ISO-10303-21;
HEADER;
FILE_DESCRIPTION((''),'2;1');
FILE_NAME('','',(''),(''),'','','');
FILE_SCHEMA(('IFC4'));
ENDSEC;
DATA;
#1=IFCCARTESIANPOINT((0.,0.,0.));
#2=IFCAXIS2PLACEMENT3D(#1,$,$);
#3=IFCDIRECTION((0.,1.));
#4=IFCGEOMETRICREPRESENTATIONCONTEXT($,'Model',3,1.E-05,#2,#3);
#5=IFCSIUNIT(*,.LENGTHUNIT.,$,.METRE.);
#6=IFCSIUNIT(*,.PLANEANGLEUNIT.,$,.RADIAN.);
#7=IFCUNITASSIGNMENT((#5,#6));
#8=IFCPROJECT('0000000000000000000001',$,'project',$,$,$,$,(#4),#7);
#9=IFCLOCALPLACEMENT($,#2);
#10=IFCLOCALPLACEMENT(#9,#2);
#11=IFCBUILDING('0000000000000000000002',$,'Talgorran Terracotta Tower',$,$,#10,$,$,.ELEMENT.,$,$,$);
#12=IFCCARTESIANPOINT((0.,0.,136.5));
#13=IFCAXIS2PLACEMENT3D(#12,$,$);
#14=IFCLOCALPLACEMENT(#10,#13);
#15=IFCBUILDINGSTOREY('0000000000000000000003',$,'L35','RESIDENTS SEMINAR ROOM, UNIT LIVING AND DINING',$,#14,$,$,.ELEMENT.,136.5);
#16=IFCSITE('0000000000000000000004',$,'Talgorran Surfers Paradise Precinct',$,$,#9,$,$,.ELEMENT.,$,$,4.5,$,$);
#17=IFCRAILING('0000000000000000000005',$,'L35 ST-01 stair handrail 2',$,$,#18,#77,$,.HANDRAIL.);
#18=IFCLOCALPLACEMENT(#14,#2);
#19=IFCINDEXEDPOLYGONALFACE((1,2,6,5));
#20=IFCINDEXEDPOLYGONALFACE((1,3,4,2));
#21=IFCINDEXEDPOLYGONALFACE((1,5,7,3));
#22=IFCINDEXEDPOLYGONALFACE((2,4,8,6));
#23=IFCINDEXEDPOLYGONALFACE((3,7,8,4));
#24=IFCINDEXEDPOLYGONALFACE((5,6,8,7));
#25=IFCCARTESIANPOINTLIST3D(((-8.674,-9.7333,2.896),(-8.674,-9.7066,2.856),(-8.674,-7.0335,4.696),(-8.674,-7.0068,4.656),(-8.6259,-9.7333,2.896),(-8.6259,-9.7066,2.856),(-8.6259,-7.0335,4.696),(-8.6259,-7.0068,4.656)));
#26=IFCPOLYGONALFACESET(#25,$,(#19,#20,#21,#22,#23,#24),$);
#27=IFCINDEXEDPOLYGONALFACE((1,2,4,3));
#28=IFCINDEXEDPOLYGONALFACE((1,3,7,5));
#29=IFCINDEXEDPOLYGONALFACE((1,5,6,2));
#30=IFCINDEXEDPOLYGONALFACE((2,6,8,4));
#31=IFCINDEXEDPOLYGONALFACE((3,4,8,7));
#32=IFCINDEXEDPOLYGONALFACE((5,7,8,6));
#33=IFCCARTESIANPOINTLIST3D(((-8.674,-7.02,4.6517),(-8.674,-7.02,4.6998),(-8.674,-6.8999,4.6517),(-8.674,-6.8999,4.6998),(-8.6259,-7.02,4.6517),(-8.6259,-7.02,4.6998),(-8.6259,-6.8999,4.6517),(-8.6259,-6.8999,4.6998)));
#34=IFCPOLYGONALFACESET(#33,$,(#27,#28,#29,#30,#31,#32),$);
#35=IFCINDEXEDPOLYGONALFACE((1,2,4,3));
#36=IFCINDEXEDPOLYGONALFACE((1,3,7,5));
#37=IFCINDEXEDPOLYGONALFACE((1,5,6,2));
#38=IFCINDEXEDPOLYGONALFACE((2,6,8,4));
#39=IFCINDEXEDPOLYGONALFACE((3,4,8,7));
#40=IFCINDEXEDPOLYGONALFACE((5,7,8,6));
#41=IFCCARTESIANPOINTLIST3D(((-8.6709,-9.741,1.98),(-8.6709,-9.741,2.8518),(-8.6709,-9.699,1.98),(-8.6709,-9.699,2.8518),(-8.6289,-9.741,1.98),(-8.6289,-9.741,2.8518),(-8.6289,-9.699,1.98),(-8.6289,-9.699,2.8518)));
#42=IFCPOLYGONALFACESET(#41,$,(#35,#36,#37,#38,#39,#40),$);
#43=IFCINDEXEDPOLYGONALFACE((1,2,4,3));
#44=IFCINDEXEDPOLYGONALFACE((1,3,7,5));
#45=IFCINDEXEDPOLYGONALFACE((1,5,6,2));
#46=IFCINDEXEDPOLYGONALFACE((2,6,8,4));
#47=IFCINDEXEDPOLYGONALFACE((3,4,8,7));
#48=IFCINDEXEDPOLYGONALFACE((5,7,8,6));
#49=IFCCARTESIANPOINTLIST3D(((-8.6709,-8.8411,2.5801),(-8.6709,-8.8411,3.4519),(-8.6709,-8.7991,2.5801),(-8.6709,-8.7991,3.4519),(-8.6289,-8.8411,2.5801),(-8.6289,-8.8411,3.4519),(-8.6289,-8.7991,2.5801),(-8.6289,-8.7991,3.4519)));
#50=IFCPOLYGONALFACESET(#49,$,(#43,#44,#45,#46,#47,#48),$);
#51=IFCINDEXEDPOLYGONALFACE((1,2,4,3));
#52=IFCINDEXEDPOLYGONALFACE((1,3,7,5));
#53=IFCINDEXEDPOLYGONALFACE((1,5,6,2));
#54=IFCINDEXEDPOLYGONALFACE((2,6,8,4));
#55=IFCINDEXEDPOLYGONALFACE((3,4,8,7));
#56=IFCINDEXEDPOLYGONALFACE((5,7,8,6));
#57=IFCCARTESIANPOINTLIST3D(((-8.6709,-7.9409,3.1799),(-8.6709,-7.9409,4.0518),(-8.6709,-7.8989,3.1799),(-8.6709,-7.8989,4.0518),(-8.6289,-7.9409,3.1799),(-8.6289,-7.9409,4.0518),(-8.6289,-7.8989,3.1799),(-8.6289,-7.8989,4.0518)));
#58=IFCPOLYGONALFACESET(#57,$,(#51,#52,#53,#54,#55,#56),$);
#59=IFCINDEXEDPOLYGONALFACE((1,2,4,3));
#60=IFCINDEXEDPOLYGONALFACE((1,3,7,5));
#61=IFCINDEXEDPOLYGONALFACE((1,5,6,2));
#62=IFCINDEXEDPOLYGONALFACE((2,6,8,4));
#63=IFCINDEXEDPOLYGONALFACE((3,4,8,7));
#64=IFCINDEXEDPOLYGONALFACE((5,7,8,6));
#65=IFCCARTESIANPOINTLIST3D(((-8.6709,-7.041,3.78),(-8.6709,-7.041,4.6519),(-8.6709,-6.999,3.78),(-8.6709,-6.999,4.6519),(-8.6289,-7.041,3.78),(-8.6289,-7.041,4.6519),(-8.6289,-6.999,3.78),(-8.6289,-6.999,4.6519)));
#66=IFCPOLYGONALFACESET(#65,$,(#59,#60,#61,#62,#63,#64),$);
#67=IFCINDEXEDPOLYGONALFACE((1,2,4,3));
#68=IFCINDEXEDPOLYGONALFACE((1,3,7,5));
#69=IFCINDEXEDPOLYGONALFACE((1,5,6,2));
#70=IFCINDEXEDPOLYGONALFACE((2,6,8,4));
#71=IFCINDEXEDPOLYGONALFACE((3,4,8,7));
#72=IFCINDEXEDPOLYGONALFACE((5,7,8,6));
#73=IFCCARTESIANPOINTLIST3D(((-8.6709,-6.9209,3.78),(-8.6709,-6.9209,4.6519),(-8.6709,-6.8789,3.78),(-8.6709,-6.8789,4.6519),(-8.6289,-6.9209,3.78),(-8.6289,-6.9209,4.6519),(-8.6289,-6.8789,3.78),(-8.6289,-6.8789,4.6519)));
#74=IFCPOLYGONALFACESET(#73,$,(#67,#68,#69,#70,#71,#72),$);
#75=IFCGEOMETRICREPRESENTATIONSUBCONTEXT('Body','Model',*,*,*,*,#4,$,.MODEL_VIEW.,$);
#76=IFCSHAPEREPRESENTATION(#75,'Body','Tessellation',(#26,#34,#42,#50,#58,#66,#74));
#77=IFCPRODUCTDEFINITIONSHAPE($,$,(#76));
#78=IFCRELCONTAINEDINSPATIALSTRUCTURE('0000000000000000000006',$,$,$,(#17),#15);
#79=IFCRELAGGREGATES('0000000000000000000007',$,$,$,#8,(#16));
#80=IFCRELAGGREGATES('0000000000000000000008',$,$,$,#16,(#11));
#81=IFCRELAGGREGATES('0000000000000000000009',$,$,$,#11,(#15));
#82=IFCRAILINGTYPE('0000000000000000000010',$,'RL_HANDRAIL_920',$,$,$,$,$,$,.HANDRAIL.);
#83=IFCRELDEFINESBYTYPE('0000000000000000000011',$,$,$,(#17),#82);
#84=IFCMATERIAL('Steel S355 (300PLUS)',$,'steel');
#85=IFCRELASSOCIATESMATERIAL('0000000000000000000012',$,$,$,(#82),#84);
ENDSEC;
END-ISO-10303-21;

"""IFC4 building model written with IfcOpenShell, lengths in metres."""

from ifc_helpers import new_model, si_unit, direction, frame, origin, origin_2d, place, context, subcontext, project, spatial, rectangle, extrude, material, type_object, element, save


model = new_model("IFC4")

# Units and contexts
model_context = context("Model", 3, precision=1e-05, world=origin(), true_north=direction((0.0, 1.0)))
body_context = subcontext(model_context, "Body", "Model", "MODEL_VIEW")
ifc_project = project(units=[si_unit("LENGTHUNIT", "METRE"), si_unit("PLANEANGLEUNIT", "RADIAN")], contexts=[model_context])

# Site, building, storey
site_placement = place(None, origin())
site = spatial("IfcSite", under=ifc_project, at=site_placement, Name="Talgorran Surfers Paradise Precinct", CompositionType="ELEMENT", RefElevation=4.5)
building_placement = place(site_placement, origin())
building = spatial("IfcBuilding", under=site, at=building_placement, Name="Talgorran Terracotta Tower", CompositionType="ELEMENT")
storey_placement = place(building_placement, frame((0.0, 0.0, 136.5)))
storey = spatial("IfcBuildingStorey", under=building, at=storey_placement, Name="L35", Description="RESIDENTS SEMINAR ROOM, UNIT LIVING AND DINING", CompositionType="ELEMENT", Elevation=136.5)

# Railing
ifc_material_1 = material(Name="Steel S355 (300PLUS)", Category="steel")
railing_type = type_object("IfcRailingType", Name="RL_HANDRAIL_920", PredefinedType="HANDRAIL", material=ifc_material_1)
railing_placement = place(storey_placement, frame((-8.6499, -9.72, 1.98)))
element("IfcRailing", 1, at=railing_placement, inside=storey, type_object=railing_type, Name="L35 ST-01 stair handrail 2", PredefinedType="HANDRAIL", context=body_context, shape_type="SweptSolid", body=[
    extrude(rectangle(XDim=0.0481, YDim=0.0481, at=origin_2d()), frame((0.0, 0.0, 0.896), z_axis=(0.0, 0.832039, 0.554718), x_axis=(-1.0, 0.0, 0.0)), (0.0, 0.0, 1.0), 3.2449),
    extrude(rectangle(XDim=0.0481, YDim=0.0481, at=origin_2d()), frame((0.0, 2.7, 2.6958), z_axis=(0.0, 1.0, 0.0), x_axis=(-1.0, 0.0, 0.0)), (0.0, 0.0, 1.0), 0.1201),
    extrude(rectangle(XDim=0.042, YDim=0.042, at=origin_2d()), origin(), (0.0, 0.0, 1.0), 0.8718),
    extrude(rectangle(XDim=0.042, YDim=0.042, at=origin_2d()), frame((0.0, 0.8999, 0.6001)), (0.0, 0.0, 1.0), 0.8718),
    extrude(rectangle(XDim=0.042, YDim=0.042, at=origin_2d()), frame((0.0, 1.8, 1.2)), (0.0, 0.0, 1.0), 0.8718),
    extrude(rectangle(XDim=0.042, YDim=0.042, at=origin_2d()), frame((0.0, 2.7, 1.8)), (0.0, 0.0, 1.0), 0.8718),
    extrude(rectangle(XDim=0.042, YDim=0.042, at=origin_2d()), frame((0.0, 2.8201, 1.8)), (0.0, 0.0, 1.0), 0.8718),
])

save(model, "model.ifc")
